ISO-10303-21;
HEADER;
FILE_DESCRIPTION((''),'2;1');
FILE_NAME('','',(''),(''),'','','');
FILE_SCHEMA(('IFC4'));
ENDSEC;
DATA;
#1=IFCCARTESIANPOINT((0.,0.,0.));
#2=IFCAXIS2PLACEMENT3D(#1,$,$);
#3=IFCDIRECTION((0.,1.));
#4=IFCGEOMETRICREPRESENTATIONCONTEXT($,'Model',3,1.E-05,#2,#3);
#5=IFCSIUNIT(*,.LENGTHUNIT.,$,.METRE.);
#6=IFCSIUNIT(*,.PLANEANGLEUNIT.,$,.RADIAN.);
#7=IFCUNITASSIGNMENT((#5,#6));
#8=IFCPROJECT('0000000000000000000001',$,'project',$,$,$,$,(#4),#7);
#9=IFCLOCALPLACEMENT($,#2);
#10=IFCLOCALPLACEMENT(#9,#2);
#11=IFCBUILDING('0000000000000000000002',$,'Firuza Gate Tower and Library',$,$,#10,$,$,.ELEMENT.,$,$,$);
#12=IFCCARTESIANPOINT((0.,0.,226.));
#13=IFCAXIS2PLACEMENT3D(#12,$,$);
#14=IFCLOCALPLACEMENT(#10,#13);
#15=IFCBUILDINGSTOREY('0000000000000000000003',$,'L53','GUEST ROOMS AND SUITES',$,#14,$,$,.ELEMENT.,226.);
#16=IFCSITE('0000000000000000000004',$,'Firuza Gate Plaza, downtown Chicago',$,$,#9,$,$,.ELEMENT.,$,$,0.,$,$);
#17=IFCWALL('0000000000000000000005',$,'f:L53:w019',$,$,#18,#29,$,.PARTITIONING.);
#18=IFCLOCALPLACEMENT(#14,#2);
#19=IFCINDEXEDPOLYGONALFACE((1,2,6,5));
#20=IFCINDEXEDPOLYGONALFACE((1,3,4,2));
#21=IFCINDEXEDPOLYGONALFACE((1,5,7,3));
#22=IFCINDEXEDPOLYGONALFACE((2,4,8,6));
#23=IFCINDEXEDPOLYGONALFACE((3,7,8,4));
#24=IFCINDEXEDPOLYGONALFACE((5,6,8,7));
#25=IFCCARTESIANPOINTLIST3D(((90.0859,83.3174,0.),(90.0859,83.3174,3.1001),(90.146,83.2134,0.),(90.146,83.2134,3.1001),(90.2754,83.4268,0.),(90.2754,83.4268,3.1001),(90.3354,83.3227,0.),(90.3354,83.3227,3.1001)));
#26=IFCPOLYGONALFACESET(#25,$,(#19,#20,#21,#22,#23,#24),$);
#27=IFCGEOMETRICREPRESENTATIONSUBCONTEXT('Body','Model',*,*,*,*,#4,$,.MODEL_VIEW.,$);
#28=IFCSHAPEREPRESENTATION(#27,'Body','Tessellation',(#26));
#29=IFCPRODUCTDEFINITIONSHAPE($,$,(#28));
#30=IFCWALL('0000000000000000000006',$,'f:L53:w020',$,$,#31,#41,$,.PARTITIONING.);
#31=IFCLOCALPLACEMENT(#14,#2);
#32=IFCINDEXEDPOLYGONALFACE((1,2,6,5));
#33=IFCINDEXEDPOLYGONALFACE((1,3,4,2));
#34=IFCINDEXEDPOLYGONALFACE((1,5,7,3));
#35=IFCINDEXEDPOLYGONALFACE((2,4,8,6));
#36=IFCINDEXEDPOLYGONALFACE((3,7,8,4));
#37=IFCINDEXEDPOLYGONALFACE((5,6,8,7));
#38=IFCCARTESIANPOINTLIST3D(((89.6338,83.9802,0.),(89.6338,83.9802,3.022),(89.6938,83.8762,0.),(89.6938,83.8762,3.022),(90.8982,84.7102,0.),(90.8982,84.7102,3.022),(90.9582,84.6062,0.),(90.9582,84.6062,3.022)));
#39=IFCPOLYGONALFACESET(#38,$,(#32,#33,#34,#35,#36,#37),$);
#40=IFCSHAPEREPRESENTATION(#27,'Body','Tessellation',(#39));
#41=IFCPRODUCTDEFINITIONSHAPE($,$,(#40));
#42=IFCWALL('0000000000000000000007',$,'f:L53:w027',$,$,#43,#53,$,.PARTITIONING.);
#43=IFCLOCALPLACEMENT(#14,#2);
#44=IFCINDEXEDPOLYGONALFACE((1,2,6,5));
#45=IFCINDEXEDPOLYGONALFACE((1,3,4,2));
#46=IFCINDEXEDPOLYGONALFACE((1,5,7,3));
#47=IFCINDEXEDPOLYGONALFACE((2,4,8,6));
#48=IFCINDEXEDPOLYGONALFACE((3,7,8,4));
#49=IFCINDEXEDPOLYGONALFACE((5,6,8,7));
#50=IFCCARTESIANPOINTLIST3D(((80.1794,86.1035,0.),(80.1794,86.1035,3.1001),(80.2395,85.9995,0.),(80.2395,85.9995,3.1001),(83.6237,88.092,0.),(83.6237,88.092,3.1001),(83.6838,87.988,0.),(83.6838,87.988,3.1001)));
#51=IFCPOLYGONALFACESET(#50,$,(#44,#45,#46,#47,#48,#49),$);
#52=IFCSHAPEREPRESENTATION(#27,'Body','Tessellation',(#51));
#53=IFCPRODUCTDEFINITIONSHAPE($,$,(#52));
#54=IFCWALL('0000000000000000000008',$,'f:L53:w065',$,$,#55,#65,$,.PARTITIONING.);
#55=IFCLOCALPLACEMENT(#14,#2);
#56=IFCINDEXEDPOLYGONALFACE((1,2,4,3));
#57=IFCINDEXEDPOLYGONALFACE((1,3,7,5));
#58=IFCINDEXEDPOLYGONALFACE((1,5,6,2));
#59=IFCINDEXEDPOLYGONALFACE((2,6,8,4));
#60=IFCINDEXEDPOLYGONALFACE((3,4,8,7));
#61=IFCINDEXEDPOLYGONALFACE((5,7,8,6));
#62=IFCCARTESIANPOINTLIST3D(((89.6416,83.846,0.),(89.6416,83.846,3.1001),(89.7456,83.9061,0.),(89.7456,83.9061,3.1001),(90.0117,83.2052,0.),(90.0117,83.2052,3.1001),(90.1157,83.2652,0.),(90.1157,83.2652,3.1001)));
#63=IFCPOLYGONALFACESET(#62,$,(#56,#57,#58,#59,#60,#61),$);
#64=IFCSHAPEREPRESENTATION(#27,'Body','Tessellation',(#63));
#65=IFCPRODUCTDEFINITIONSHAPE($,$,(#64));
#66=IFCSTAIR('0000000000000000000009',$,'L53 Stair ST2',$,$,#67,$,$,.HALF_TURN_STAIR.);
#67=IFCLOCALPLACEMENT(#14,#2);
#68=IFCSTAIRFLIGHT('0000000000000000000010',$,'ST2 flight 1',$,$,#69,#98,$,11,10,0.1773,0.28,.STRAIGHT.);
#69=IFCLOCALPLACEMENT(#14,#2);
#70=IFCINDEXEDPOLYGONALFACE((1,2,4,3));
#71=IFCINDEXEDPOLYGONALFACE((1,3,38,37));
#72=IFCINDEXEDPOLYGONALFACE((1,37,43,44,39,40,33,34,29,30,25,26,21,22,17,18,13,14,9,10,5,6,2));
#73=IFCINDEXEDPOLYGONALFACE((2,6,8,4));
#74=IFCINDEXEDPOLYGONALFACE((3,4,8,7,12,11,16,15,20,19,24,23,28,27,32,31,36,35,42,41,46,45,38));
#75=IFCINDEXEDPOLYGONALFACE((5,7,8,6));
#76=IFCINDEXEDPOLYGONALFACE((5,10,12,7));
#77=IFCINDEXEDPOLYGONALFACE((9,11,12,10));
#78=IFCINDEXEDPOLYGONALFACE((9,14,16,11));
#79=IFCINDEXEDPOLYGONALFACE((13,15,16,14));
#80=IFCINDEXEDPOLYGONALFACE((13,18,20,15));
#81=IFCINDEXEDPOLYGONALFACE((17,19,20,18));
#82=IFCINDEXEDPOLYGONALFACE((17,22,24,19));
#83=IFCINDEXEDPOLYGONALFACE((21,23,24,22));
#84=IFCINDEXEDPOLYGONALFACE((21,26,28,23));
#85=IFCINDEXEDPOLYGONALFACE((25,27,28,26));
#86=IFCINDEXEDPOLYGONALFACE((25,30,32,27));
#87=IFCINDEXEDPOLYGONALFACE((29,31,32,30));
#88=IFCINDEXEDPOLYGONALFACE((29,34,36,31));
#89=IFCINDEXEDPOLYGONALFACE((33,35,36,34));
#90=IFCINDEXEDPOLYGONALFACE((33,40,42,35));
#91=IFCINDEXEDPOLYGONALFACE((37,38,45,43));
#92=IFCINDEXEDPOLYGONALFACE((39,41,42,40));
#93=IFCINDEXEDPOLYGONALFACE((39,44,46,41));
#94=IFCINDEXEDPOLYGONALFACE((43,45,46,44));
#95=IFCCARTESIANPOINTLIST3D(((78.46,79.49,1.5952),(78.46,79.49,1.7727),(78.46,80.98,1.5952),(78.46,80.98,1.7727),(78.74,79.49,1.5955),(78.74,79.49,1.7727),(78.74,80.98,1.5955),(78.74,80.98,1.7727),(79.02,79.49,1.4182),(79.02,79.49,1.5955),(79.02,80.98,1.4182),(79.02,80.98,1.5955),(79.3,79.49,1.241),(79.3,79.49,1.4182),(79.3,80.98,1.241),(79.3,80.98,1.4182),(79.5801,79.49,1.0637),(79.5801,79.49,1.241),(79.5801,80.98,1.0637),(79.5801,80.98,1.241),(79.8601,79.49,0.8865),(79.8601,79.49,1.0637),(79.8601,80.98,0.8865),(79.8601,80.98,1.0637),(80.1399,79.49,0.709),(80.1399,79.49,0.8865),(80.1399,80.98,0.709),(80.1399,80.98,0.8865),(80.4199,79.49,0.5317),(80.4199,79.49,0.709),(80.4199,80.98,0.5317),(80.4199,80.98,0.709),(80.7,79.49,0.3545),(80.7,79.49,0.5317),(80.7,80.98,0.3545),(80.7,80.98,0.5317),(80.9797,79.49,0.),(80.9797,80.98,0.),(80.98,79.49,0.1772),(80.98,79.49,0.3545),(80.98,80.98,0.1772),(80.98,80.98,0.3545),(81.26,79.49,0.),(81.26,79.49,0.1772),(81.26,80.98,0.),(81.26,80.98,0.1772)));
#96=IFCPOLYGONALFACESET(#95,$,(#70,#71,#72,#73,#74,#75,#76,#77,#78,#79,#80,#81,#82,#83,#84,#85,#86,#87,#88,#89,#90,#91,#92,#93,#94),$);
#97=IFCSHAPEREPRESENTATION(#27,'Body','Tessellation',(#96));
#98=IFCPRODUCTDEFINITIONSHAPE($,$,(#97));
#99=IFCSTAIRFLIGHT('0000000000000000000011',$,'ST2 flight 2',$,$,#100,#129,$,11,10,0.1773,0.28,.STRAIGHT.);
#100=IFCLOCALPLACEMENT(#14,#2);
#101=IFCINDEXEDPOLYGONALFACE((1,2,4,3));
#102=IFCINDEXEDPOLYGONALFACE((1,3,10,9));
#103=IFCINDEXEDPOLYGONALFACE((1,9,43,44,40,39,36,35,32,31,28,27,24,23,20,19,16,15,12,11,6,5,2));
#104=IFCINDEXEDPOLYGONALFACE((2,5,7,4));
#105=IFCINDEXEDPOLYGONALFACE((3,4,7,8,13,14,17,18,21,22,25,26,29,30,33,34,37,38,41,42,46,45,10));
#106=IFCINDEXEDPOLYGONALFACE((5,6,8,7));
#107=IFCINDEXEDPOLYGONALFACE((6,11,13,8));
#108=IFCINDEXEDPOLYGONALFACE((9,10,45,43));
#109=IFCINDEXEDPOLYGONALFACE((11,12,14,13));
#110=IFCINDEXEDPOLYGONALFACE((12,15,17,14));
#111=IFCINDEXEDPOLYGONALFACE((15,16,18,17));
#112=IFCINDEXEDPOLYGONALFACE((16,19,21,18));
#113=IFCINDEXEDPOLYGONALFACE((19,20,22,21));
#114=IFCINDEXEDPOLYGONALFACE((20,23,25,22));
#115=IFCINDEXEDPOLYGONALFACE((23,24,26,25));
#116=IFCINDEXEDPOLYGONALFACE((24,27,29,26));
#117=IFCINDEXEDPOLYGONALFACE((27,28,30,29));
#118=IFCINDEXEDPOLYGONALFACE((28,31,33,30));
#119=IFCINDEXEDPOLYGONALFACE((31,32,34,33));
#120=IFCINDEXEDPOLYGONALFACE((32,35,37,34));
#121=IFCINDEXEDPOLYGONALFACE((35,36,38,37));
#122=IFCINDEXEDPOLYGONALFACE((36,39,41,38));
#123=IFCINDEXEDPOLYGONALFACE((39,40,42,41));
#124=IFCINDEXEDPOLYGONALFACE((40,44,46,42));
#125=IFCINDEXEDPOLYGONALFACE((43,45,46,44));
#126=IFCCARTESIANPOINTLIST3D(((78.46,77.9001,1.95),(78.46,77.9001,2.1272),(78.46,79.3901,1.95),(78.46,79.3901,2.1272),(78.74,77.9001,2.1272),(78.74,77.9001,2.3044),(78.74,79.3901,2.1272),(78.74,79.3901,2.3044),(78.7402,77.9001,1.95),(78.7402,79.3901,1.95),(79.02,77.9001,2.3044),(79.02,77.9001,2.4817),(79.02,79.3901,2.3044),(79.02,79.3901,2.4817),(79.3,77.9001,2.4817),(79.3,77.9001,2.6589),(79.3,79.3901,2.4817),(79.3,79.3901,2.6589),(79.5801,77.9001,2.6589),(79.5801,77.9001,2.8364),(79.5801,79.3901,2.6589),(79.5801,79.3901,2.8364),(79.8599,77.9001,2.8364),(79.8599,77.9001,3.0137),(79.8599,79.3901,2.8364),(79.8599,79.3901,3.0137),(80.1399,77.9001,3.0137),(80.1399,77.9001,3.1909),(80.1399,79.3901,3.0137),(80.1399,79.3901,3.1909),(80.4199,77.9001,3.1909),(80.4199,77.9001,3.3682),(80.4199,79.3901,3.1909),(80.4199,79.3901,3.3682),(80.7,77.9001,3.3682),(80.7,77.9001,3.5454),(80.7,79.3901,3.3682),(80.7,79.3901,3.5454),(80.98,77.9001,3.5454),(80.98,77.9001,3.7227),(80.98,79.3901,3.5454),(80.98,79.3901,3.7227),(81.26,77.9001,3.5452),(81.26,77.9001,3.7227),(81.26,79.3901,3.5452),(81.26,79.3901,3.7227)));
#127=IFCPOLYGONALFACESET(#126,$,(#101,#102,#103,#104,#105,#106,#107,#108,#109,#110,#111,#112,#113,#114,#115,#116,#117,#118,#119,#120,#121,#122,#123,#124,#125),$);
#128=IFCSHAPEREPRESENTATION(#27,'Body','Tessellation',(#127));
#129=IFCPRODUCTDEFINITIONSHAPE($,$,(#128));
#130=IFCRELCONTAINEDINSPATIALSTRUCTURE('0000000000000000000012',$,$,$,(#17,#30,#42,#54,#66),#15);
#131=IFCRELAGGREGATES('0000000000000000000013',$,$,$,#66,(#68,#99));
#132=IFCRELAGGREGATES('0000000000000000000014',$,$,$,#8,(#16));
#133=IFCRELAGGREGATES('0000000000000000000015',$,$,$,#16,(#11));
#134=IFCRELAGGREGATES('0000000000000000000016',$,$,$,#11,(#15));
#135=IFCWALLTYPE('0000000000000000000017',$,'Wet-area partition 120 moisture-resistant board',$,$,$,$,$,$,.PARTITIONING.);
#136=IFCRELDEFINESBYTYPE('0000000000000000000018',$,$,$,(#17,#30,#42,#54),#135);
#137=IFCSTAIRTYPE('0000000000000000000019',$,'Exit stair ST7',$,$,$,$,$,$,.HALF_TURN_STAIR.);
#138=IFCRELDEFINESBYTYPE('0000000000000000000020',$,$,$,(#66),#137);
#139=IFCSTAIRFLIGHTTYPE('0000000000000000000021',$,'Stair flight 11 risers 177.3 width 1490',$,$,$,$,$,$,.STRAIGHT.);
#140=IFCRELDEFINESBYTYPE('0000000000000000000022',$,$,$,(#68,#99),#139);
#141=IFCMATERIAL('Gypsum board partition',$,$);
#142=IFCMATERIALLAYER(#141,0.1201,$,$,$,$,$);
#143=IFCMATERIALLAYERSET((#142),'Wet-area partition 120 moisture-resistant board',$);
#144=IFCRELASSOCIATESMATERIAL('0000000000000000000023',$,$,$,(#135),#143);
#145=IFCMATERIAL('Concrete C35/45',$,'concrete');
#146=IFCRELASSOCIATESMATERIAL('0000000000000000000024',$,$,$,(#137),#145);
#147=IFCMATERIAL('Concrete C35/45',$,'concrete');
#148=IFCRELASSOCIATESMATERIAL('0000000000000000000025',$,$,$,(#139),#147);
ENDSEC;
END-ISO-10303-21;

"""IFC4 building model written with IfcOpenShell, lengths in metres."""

from ifc_helpers import new_model, si_unit, direction, frame, frame_2d, origin, place, context, subcontext, project, spatial, polyline, rectangle, outline, extrude, material, layer, layer_set, type_object, element, aggregate, save


model = new_model("IFC4")

# Units and contexts
model_context = context("Model", 3, precision=1e-05, world=origin(), true_north=direction((0.0, 1.0)))
body_context = subcontext(model_context, "Body", "Model", "MODEL_VIEW")
ifc_project = project(units=[si_unit("LENGTHUNIT", "METRE"), si_unit("PLANEANGLEUNIT", "RADIAN")], contexts=[model_context])

# Site, building, storey
site_placement = place(None, origin())
site = spatial("IfcSite", under=ifc_project, at=site_placement, Name="Firuza Gate Plaza, downtown Chicago", CompositionType="ELEMENT", RefElevation=0.0)
building_placement = place(site_placement, origin())
building = spatial("IfcBuilding", under=site, at=building_placement, Name="Firuza Gate Tower and Library", CompositionType="ELEMENT")
storey_placement = place(building_placement, frame((0.0, 0.0, 226.0)))
storey = spatial("IfcBuildingStorey", under=building, at=storey_placement, Name="L53", Description="GUEST ROOMS AND SUITES", CompositionType="ELEMENT", Elevation=226.0)

# Walls
ifc_material_1 = material(Name="Gypsum board partition")
ifc_layer_1 = layer(ifc_material_1, 0.1201)
ifc_layer_set_1 = layer_set([ifc_layer_1], Name="Wet-area partition 120 moisture-resistant board")
wall_type_1 = type_object("IfcWallType", Name="Wet-area partition 120 moisture-resistant board", PredefinedType="PARTITIONING", material=ifc_layer_set_1)
wall_1_placement = place(storey_placement, frame((90.116, 83.2654, 0.0), z_axis=(0.0, 0.0, 1.0), x_axis=(0.866037, 0.49998, 0.0)))
element("IfcWall", 1, at=wall_1_placement, inside=storey, type_object=wall_type_1, Name="f:L53:w019", PredefinedType="PARTITIONING", context=body_context, shape_type="SweptSolid", body=[
    extrude(rectangle(XDim=0.2188, YDim=0.1201, at=frame_2d((0.1094, 0.0))), origin(), (0.0, 0.0, 1.0), 3.1001),
])
wall_2_placement = place(storey_placement, frame((89.6638, 83.9282, 0.0), z_axis=(0.0, 0.0, 1.0), x_axis=(0.866032, 0.499988, 0.0)))
element("IfcWall", 2, at=wall_2_placement, inside=storey, type_object=wall_type_1, Name="f:L53:w020", PredefinedType="PARTITIONING", context=body_context, shape_type="SweptSolid", body=[
    extrude(rectangle(XDim=1.46, YDim=0.1201, at=frame_2d((0.73, 0.0))), origin(), (0.0, 0.0, 1.0), 3.022),
])
wall_3_placement = place(storey_placement, frame((80.2095, 86.0515, 0.0), z_axis=(0.0, 0.0, 1.0), x_axis=(0.866032, 0.499988, 0.0)))
element("IfcWall", 3, at=wall_3_placement, inside=storey, type_object=wall_type_1, Name="f:L53:w027", PredefinedType="PARTITIONING", context=body_context, shape_type="SweptSolid", body=[
    extrude(rectangle(XDim=3.9771, YDim=0.1201, at=frame_2d((1.9885, 0.0))), origin(), (0.0, 0.0, 1.0), 3.1001),
])
wall_4_placement = place(storey_placement, frame((90.0637, 83.2351, 0.0), z_axis=(0.0, 0.0, 1.0), x_axis=(-0.500113, 0.86596, 0.0)))
element("IfcWall", 4, at=wall_4_placement, inside=storey, type_object=wall_type_1, Name="f:L53:w065", PredefinedType="PARTITIONING", context=body_context, shape_type="SweptSolid", body=[
    extrude(rectangle(XDim=0.74, YDim=0.1201, at=frame_2d((0.3701, 0.0))), origin(), (0.0, 0.0, 1.0), 3.1001),
])

# Stair, stair flights
ifc_material_2 = material(Name="Concrete C35/45", Category="concrete")
stair_type = type_object("IfcStairType", Name="Exit stair ST7", PredefinedType="HALF_TURN_STAIR", material=ifc_material_2)
stair_placement = place(storey_placement, origin())
stair = element("IfcStair", 5, at=stair_placement, inside=storey, type_object=stair_type, Name="L53 Stair ST2", PredefinedType="HALF_TURN_STAIR")
ifc_material_3 = material(Name="Concrete C35/45", Category="concrete")
stair_flight_type = type_object("IfcStairFlightType", Name="Stair flight 11 risers 177.3 width 1490", PredefinedType="STRAIGHT", material=ifc_material_3)
stair_flight_1_placement = place(storey_placement, frame((81.26, 80.2351, 0.0), z_axis=(0.0, 0.0, 1.0), x_axis=(-1.0, 0.0, 0.0)))
stair_flight_1 = element("IfcStairFlight", 6, at=stair_flight_1_placement, type_object=stair_flight_type, Name="ST2 flight 1", NumberOfRisers=11, NumberOfTreads=10, PredefinedType="STRAIGHT", RiserHeight=0.1773, TreadLength=0.28, context=body_context, shape_type="SweptSolid", body=[
    extrude(outline(polyline([(0.0, 0.0), (0.0, 0.1772), (0.28, 0.1772), (0.28, 0.3545), (0.5601, 0.3545), (0.5601, 0.5317), (0.8401, 0.5317), (0.8401, 0.709), (1.1201, 0.709), (1.1201, 0.8865), (1.3999, 0.8865), (1.3999, 1.0637), (1.6799, 1.0637), (1.6799, 1.241), (1.96, 1.241), (1.96, 1.4182), (2.24, 1.4182), (2.24, 1.5955), (2.52, 1.5955), (2.52, 1.7727), (2.8, 1.7727), (2.8, 1.95), (2.8, 1.5952), (0.2803, 0.0), (0.0, 0.0)])), frame((0.0, 0.7451, 0.0), z_axis=(0.0, -1.0, 0.0), x_axis=(1.0, 0.0, 0.0)), (0.0, 0.0, 1.0), 1.49),
])
stair_flight_2_placement = place(storey_placement, frame((78.46, 78.645, 1.95), z_axis=(0.0, 0.0, 1.0), x_axis=(1.0, 0.0, 0.0)))
stair_flight_2 = element("IfcStairFlight", 7, at=stair_flight_2_placement, type_object=stair_flight_type, Name="ST2 flight 2", NumberOfRisers=11, NumberOfTreads=10, PredefinedType="STRAIGHT", RiserHeight=0.1773, TreadLength=0.28, context=body_context, shape_type="SweptSolid", body=[
    extrude(outline(polyline([(0.0, 0.0), (0.0, 0.1772), (0.28, 0.1772), (0.28, 0.3545), (0.5601, 0.3545), (0.5601, 0.5317), (0.8401, 0.5317), (0.8401, 0.709), (1.1201, 0.709), (1.1201, 0.8865), (1.3999, 0.8865), (1.3999, 1.0637), (1.6799, 1.0637), (1.6799, 1.241), (1.96, 1.241), (1.96, 1.4182), (2.24, 1.4182), (2.24, 1.5955), (2.52, 1.5955), (2.52, 1.7727), (2.8, 1.7727), (2.8, 1.95), (2.8, 1.5952), (0.2803, 0.0), (0.0, 0.0)])), frame((0.0, 0.7451, 0.0), z_axis=(0.0, -1.0, 0.0), x_axis=(1.0, 0.0, 0.0)), (0.0, 0.0, 1.0), 1.49),
])
aggregate(stair, [stair_flight_1, stair_flight_2])

save(model, "model.ifc")
